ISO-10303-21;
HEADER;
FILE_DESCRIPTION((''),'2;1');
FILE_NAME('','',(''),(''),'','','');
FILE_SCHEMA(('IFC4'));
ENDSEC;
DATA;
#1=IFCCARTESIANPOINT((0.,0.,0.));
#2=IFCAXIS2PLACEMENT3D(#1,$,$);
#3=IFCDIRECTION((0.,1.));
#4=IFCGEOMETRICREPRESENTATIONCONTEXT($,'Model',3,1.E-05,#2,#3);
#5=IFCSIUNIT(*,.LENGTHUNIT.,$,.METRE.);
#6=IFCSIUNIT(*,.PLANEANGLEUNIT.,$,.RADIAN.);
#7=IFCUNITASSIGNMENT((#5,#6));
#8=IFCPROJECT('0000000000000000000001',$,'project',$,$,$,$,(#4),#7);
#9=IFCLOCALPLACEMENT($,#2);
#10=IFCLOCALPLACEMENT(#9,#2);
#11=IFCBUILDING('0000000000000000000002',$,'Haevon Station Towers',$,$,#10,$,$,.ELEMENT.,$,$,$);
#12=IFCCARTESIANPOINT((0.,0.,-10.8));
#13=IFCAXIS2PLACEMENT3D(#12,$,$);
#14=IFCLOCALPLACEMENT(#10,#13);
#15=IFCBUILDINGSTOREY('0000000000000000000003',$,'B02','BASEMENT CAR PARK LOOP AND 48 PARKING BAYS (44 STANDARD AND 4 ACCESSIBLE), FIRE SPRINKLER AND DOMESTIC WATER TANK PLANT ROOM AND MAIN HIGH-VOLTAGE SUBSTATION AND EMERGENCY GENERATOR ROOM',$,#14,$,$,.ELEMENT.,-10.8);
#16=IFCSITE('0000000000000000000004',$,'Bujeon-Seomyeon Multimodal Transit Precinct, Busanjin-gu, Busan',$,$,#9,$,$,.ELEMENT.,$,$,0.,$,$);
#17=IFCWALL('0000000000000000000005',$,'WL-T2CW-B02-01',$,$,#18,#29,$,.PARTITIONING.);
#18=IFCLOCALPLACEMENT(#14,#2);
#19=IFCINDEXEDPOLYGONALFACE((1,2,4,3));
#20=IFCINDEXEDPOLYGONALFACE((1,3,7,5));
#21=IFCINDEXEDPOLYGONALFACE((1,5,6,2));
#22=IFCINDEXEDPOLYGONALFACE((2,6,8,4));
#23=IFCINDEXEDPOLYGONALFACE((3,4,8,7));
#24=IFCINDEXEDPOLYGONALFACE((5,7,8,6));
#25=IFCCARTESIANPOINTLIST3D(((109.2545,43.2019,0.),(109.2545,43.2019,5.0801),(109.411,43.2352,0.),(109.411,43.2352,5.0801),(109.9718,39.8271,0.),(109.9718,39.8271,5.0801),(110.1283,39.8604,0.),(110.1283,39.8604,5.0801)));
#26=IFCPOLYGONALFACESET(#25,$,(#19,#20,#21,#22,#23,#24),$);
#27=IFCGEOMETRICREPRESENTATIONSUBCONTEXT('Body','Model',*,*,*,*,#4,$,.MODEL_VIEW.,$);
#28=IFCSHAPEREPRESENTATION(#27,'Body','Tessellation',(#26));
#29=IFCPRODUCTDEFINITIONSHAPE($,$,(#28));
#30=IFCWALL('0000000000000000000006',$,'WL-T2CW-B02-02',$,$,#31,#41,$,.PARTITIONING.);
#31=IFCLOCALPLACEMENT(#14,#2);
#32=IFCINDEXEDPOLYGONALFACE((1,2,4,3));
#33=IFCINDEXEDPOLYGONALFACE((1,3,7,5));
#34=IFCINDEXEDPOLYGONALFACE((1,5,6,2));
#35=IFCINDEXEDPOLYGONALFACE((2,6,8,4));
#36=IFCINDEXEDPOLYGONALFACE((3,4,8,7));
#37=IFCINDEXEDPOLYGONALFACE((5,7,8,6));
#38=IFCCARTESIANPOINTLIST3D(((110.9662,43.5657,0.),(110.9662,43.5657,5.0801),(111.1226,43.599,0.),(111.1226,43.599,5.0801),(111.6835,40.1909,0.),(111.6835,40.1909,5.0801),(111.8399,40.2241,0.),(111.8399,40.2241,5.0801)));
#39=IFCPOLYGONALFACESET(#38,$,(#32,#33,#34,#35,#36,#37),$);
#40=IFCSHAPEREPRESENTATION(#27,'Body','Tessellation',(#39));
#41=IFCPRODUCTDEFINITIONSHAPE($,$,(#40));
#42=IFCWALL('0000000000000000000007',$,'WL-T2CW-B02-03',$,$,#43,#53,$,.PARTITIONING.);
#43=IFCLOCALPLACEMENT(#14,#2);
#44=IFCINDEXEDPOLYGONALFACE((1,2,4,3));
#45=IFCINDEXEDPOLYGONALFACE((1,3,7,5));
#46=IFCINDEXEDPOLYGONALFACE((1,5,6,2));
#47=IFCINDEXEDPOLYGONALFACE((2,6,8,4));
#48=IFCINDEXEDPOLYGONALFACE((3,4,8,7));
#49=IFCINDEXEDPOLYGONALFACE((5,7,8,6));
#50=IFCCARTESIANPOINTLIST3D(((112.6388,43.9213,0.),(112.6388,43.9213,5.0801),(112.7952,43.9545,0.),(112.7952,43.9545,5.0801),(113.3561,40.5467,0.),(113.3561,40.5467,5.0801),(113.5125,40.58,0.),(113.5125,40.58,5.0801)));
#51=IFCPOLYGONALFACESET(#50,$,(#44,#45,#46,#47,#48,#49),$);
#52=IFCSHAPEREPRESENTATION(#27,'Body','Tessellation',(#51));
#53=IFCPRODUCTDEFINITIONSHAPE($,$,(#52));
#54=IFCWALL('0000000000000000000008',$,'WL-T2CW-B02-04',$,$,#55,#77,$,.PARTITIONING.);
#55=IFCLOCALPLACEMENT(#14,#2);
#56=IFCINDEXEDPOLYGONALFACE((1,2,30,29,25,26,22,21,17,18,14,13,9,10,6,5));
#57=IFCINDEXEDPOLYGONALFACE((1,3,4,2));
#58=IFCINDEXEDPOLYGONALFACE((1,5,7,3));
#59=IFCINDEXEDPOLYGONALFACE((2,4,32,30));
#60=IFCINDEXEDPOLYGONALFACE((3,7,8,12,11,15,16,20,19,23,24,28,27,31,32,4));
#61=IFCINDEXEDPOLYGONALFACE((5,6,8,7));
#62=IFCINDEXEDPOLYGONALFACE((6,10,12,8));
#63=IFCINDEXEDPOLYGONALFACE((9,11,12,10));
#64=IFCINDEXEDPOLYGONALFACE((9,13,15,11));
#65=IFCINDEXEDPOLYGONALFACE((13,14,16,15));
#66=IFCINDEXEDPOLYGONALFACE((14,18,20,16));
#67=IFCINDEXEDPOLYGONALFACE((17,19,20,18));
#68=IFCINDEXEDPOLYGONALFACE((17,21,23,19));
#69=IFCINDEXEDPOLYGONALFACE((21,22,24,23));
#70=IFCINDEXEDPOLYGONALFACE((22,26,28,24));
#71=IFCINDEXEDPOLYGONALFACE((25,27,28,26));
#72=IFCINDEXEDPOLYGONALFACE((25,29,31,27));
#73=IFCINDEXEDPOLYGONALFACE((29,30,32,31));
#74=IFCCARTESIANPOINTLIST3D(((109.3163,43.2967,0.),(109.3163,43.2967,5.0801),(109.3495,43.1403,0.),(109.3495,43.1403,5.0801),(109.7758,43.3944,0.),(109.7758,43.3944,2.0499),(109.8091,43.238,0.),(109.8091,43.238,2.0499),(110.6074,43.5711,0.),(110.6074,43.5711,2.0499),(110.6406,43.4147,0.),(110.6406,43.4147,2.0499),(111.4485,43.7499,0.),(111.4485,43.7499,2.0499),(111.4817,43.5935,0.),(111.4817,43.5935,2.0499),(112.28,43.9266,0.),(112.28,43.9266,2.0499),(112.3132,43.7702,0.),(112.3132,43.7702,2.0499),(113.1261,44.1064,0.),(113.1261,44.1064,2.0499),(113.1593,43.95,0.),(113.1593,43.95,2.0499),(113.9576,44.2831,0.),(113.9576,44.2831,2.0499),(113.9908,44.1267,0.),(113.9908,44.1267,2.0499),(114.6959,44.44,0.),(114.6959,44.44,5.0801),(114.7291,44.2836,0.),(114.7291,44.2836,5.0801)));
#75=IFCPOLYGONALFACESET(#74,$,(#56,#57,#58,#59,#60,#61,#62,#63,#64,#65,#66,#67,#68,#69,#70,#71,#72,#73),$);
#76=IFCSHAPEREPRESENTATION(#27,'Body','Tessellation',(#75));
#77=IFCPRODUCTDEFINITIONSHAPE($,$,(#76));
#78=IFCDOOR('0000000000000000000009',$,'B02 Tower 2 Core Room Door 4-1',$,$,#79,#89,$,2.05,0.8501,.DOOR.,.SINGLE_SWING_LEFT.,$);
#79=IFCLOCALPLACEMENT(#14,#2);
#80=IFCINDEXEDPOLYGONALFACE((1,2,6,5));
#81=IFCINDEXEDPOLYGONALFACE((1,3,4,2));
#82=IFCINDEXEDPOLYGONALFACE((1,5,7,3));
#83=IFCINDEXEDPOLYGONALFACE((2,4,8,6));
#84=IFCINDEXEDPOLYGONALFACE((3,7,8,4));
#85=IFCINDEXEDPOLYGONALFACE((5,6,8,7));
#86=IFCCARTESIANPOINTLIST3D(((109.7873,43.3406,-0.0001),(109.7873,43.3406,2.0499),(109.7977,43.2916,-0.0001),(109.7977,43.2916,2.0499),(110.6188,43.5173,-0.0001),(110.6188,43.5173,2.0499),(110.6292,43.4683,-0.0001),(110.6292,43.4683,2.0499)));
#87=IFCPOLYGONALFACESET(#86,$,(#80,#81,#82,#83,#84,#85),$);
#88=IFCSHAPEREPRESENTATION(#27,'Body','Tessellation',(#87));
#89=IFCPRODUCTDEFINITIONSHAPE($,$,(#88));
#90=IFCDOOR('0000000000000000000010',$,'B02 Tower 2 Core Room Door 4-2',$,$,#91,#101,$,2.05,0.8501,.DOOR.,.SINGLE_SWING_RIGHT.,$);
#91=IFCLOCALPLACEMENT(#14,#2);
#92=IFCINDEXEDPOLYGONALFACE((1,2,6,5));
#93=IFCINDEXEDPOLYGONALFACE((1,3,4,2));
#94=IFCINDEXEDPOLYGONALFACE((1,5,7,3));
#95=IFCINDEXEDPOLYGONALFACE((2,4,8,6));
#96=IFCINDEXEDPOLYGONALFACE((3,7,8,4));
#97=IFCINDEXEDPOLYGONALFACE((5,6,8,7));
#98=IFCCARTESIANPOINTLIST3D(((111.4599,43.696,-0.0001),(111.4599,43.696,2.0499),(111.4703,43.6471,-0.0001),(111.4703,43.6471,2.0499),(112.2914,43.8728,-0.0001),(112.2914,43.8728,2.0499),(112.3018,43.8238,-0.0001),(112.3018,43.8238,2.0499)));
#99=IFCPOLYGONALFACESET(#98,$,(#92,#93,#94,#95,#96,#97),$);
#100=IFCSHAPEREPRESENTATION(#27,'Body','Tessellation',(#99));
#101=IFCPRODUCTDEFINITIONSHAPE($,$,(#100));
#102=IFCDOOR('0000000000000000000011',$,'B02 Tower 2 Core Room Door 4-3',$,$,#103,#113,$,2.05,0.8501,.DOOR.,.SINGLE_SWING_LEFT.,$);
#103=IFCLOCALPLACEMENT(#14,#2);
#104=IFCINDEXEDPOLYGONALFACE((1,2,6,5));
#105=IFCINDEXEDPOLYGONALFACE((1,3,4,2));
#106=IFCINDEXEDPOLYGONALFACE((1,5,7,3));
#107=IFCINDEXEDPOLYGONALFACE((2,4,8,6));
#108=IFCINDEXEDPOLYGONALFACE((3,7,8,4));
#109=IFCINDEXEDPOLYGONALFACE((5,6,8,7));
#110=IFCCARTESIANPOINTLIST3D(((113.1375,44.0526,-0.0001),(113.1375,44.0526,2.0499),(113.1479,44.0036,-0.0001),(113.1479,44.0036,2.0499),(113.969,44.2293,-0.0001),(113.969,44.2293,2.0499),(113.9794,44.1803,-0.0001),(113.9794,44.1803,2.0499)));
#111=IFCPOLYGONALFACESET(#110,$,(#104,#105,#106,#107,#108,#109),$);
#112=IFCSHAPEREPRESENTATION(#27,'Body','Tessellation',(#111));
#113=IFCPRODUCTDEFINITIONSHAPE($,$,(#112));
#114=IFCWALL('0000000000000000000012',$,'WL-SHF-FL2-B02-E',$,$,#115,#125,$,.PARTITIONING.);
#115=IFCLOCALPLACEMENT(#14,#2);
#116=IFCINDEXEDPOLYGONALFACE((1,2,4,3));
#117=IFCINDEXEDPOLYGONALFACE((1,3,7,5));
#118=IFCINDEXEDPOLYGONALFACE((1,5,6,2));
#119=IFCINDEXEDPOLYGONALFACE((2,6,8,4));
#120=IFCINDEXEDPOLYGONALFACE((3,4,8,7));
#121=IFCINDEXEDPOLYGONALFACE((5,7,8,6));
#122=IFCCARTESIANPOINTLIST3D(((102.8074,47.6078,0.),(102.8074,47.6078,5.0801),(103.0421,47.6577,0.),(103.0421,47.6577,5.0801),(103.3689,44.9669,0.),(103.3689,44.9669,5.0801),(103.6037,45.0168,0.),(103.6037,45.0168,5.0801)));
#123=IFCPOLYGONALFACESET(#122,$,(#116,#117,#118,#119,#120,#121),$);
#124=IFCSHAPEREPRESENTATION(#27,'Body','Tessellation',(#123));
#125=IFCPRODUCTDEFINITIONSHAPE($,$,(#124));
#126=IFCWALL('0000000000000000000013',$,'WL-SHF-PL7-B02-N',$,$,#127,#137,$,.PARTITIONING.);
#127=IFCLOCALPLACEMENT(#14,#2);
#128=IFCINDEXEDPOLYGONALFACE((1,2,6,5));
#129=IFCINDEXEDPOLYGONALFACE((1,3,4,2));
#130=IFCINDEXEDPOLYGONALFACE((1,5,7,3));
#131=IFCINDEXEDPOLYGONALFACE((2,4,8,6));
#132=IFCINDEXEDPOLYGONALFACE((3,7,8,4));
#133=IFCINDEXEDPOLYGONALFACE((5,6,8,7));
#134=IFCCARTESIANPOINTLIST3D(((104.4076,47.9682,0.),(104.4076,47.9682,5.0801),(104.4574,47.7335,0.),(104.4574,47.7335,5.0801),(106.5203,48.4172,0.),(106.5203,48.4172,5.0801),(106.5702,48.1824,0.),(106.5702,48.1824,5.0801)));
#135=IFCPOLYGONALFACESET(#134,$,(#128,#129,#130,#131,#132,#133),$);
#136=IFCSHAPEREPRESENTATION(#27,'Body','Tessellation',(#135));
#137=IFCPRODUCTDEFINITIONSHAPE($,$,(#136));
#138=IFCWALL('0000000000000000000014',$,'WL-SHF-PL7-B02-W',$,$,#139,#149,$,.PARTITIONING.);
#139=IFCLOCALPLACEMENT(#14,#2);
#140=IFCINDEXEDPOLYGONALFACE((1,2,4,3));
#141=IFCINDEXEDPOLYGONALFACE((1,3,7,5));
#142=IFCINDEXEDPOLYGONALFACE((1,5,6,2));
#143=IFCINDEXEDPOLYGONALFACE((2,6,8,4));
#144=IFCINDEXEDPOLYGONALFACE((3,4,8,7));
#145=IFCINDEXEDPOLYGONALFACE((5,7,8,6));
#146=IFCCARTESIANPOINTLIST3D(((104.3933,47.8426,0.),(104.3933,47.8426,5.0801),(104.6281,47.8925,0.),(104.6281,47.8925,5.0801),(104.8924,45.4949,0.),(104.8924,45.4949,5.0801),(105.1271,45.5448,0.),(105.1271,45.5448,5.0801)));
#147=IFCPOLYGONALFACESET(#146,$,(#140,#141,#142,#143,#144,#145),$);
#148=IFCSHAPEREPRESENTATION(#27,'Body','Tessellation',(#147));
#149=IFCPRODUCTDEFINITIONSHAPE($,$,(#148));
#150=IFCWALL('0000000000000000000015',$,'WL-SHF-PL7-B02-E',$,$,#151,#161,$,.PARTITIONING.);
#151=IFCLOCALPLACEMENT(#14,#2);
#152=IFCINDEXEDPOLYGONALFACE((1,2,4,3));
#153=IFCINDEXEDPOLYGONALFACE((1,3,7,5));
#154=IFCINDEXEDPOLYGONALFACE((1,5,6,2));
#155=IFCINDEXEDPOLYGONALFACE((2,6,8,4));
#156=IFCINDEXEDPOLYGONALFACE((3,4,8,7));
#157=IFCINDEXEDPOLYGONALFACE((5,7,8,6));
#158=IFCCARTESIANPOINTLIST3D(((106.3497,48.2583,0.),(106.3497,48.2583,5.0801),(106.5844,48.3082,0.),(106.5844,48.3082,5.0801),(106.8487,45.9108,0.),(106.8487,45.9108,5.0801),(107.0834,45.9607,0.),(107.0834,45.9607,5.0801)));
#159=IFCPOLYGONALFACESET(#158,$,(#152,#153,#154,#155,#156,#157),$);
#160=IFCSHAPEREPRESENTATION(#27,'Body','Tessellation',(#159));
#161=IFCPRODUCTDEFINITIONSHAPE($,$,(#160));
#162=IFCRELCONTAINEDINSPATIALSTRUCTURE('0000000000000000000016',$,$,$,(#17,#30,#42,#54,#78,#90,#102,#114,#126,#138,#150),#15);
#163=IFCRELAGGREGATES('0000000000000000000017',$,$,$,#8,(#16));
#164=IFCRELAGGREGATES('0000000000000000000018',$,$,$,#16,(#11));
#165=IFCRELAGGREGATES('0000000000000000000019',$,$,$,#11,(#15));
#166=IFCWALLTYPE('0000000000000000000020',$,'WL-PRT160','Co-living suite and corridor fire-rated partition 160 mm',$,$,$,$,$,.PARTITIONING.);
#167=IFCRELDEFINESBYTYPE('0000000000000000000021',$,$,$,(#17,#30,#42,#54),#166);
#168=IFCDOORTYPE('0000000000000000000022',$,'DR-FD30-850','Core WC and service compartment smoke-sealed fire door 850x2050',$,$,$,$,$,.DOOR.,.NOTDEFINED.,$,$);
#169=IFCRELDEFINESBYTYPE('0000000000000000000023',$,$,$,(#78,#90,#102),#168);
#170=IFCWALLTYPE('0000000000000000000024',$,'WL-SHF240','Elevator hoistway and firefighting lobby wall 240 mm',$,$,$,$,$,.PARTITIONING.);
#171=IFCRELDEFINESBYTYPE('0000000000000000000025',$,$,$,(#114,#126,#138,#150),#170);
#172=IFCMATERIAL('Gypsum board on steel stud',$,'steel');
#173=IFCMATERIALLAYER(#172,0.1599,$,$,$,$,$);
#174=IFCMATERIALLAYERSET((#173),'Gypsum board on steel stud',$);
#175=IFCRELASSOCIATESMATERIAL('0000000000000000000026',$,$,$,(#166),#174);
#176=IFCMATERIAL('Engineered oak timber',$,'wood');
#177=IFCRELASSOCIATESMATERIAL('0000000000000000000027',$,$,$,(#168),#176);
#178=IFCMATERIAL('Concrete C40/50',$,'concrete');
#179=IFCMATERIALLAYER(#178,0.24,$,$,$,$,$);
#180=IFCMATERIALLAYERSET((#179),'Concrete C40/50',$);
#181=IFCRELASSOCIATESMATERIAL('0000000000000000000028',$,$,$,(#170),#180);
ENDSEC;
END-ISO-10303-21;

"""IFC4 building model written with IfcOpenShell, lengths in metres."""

from ifc_helpers import new_model, si_unit, direction, frame, frame_2d, origin, place, context, subcontext, project, spatial, rectangle, extrude, material, layer, layer_set, type_object, element, fill, save


model = new_model("IFC4")

# Units and contexts
model_context = context("Model", 3, precision=1e-05, world=origin(), true_north=direction((0.0, 1.0)))
body_context = subcontext(model_context, "Body", "Model", "MODEL_VIEW")
ifc_project = project(units=[si_unit("LENGTHUNIT", "METRE"), si_unit("PLANEANGLEUNIT", "RADIAN")], contexts=[model_context])

# Site, building, storey
site_placement = place(None, origin())
site = spatial("IfcSite", under=ifc_project, at=site_placement, Name="Bujeon-Seomyeon Multimodal Transit Precinct, Busanjin-gu, Busan", CompositionType="ELEMENT", RefElevation=0.0)
building_placement = place(site_placement, origin())
building = spatial("IfcBuilding", under=site, at=building_placement, Name="Haevon Station Towers", CompositionType="ELEMENT")
storey_placement = place(building_placement, frame((0.0, 0.0, -10.8)))
storey = spatial("IfcBuildingStorey", under=building, at=storey_placement, Name="B02", Description="BASEMENT CAR PARK LOOP AND 48 PARKING BAYS (44 STANDARD AND 4 ACCESSIBLE), FIRE SPRINKLER AND DOMESTIC WATER TANK PLANT ROOM AND MAIN HIGH-VOLTAGE SUBSTATION AND EMERGENCY GENERATOR ROOM", CompositionType="ELEMENT", Elevation=-10.8)

# Shared definitions
ifc_material_1 = material(Name="Gypsum board on steel stud", Category="steel")
ifc_material_2 = material(Name="Engineered oak timber", Category="wood")

# Walls
ifc_layer_1 = layer(ifc_material_1, 0.1599)
ifc_layer_set_1 = layer_set([ifc_layer_1], Name="Gypsum board on steel stud")
wall_type_1 = type_object("IfcWallType", Name="WL-PRT160", Description="Co-living suite and corridor fire-rated partition 160 mm", PredefinedType="PARTITIONING", material=ifc_layer_set_1)
for number, where, z_axis, x_axis, name in (
    (1, (110.05, 39.8438, 0.0), (0.0, 0.0, 1.0), (-0.2079, 0.97815, 0.0), "WL-T2CW-B02-01"),
    (2, (111.7617, 40.2075, 0.0), (0.0, 0.0, 1.0), (-0.2079, 0.97815, 0.0), "WL-T2CW-B02-02"),
):
    element("IfcWall", number, at=place(storey_placement, frame(where, z_axis=z_axis, x_axis=x_axis)), inside=storey, type_object=wall_type_1, Name=name, PredefinedType="PARTITIONING", context=body_context, shape_type="SweptSolid", body=[
        extrude(rectangle(XDim=3.4502, YDim=0.1599, at=frame_2d((1.7251, 0.0))), origin(), (0.0, 0.0, 1.0), 5.0801),
    ])
wall_1_placement = place(storey_placement, frame((113.4343, 40.5632, 0.0), z_axis=(0.0, 0.0, 1.0), x_axis=(-0.207915, 0.978147, 0.0)))
element("IfcWall", 3, at=wall_1_placement, inside=storey, type_object=wall_type_1, Name="WL-T2CW-B02-03", PredefinedType="PARTITIONING", context=body_context, shape_type="SweptSolid", body=[
    extrude(rectangle(XDim=3.45, YDim=0.1599, at=frame_2d((1.7251, 0.0))), origin(), (0.0, 0.0, 1.0), 5.0801),
])

# Wall, openings, doors
wall_2_placement = place(storey_placement, frame((109.3328, 43.2185, 0.0), z_axis=(0.0, 0.0, 1.0), x_axis=(0.978154, 0.207883, 0.0)))
wall_2 = element("IfcWall", 4, at=wall_2_placement, inside=storey, type_object=wall_type_1, Name="WL-T2CW-B02-04", PredefinedType="PARTITIONING", context=body_context, shape_type="SweptSolid", body=[
    extrude(rectangle(XDim=5.4998, YDim=0.1599, at=frame_2d((2.75, 0.0))), origin(), (0.0, 0.0, 1.0), 5.0801),
])
opening_1_placement = place(wall_2_placement, frame((0.47, 0.0, 0.0)))
opening_1 = element("IfcOpeningElement", 5, at=opening_1_placement, cuts=wall_2, PredefinedType="OPENING", context=body_context, shape_type="SweptSolid", body=[
    extrude(rectangle(XDim=0.8501, YDim=2.05, at=frame_2d((0.425, 1.0249))), frame((0.0, 0.0898, 0.0), z_axis=(0.0, -1.0, 0.0), x_axis=(1.0, 0.0, 0.0)), (0.0, 0.0, 1.0), 0.1799),
])
opening_2_placement = place(wall_2_placement, frame((2.1799, 0.0, 0.0)))
opening_2 = element("IfcOpeningElement", 6, at=opening_2_placement, cuts=wall_2, PredefinedType="OPENING", context=body_context, shape_type="SweptSolid", body=[
    extrude(rectangle(XDim=0.8501, YDim=2.05, at=frame_2d((0.425, 1.0249))), frame((0.0, 0.0898, 0.0), z_axis=(0.0, -1.0, 0.0), x_axis=(1.0, 0.0, 0.0)), (0.0, 0.0, 1.0), 0.1799),
])
opening_3_placement = place(wall_2_placement, frame((3.895, 0.0, 0.0)))
opening_3 = element("IfcOpeningElement", 7, at=opening_3_placement, cuts=wall_2, PredefinedType="OPENING", context=body_context, shape_type="SweptSolid", body=[
    extrude(rectangle(XDim=0.8501, YDim=2.05, at=frame_2d((0.425, 1.0249))), frame((0.0, 0.0898, 0.0), z_axis=(0.0, -1.0, 0.0), x_axis=(1.0, 0.0, 0.0)), (0.0, 0.0, 1.0), 0.1799),
])
door_type_1 = type_object("IfcDoorType", Name="DR-FD30-850", Description="Core WC and service compartment smoke-sealed fire door 850x2050", OperationType="NOTDEFINED", PredefinedType="DOOR", material=ifc_material_2)
door_1_placement = place(opening_1_placement, origin())
door_1 = element("IfcDoor", 8, at=door_1_placement, inside=storey, type_object=door_type_1, Name="B02 Tower 2 Core Room Door 4-1", OperationType="SINGLE_SWING_LEFT", OverallHeight=2.05, OverallWidth=0.8501, PredefinedType="DOOR", context=body_context, shape_type="SweptSolid", body=[
    extrude(rectangle(XDim=0.8501, YDim=2.05, at=frame_2d((0.425, 1.0249))), frame((0.0, 0.0249, 0.0), z_axis=(0.0, -1.0, 0.0), x_axis=(1.0, 0.0, 0.0)), (0.0, 0.0, 1.0), 0.05),
])
fill(opening_1, door_1)
door_2_placement = place(opening_2_placement, origin())
door_2 = element("IfcDoor", 9, at=door_2_placement, inside=storey, type_object=door_type_1, Name="B02 Tower 2 Core Room Door 4-2", OperationType="SINGLE_SWING_RIGHT", OverallHeight=2.05, OverallWidth=0.8501, PredefinedType="DOOR", context=body_context, shape_type="SweptSolid", body=[
    extrude(rectangle(XDim=0.8501, YDim=2.05, at=frame_2d((0.425, 1.0249))), frame((0.0, 0.0249, 0.0), z_axis=(0.0, -1.0, 0.0), x_axis=(1.0, 0.0, 0.0)), (0.0, 0.0, 1.0), 0.05),
])
fill(opening_2, door_2)
door_3_placement = place(opening_3_placement, origin())
door_3 = element("IfcDoor", 10, at=door_3_placement, inside=storey, type_object=door_type_1, Name="B02 Tower 2 Core Room Door 4-3", OperationType="SINGLE_SWING_LEFT", OverallHeight=2.05, OverallWidth=0.8501, PredefinedType="DOOR", context=body_context, shape_type="SweptSolid", body=[
    extrude(rectangle(XDim=0.8501, YDim=2.05, at=frame_2d((0.425, 1.0249))), frame((0.0, 0.0249, 0.0), z_axis=(0.0, -1.0, 0.0), x_axis=(1.0, 0.0, 0.0)), (0.0, 0.0, 1.0), 0.05),
])
fill(opening_3, door_3)

# Shared definitions
ifc_material_3 = material(Name="Concrete C40/50", Category="concrete")
ifc_layer_2 = layer(ifc_material_3, 0.24)
ifc_layer_set_2 = layer_set([ifc_layer_2], Name="Concrete C40/50")
wall_type_2 = type_object("IfcWallType", Name="WL-SHF240", Description="Elevator hoistway and firefighting lobby wall 240 mm", PredefinedType="PARTITIONING", material=ifc_layer_set_2)

# Wall
wall_3_placement = place(storey_placement, frame((103.4863, 44.9917, 0.0), z_axis=(0.0, 0.0, 1.0), x_axis=(-0.207979, 0.978133, 0.0)))
element("IfcWall", 11, at=wall_3_placement, inside=storey, type_object=wall_type_2, Name="WL-SHF-FL2-B02-E", PredefinedType="PARTITIONING", context=body_context, shape_type="SweptSolid", body=[
    extrude(rectangle(XDim=2.7, YDim=0.24, at=frame_2d((1.3501, 0.0))), origin(), (0.0, 0.0, 1.0), 5.0801),
])

# Walls
wall_4_placement = place(storey_placement, frame((104.4324, 47.8508, 0.0), z_axis=(0.0, 0.0, 1.0), x_axis=(0.978158, 0.207861, 0.0)))
element("IfcWall", 12, at=wall_4_placement, inside=storey, type_object=wall_type_2, Name="WL-SHF-PL7-B02-N", PredefinedType="PARTITIONING", context=body_context, shape_type="SweptSolid", body=[
    extrude(rectangle(XDim=2.1599, YDim=0.24, at=frame_2d((1.0801, 0.0))), origin(), (0.0, 0.0, 1.0), 5.0801),
])
wall_5_placement = place(storey_placement, frame((105.0098, 45.5198, 0.0), z_axis=(0.0, 0.0, 1.0), x_axis=(-0.207917, 0.978146, 0.0)))
element("IfcWall", 13, at=wall_5_placement, inside=storey, type_object=wall_type_2, Name="WL-SHF-PL7-B02-W", PredefinedType="PARTITIONING", context=body_context, shape_type="SweptSolid", body=[
    extrude(rectangle(XDim=2.4001, YDim=0.24, at=frame_2d((1.2002, 0.0))), origin(), (0.0, 0.0, 1.0), 5.0801),
])
wall_6_placement = place(storey_placement, frame((106.9661, 45.9358, 0.0), z_axis=(0.0, 0.0, 1.0), x_axis=(-0.207938, 0.978142, 0.0)))
element("IfcWall", 14, at=wall_6_placement, inside=storey, type_object=wall_type_2, Name="WL-SHF-PL7-B02-E", PredefinedType="PARTITIONING", context=body_context, shape_type="SweptSolid", body=[
    extrude(rectangle(XDim=2.3999, YDim=0.24, at=frame_2d((1.2, 0.0))), origin(), (0.0, 0.0, 1.0), 5.0801),
])

save(model, "model.ifc")
